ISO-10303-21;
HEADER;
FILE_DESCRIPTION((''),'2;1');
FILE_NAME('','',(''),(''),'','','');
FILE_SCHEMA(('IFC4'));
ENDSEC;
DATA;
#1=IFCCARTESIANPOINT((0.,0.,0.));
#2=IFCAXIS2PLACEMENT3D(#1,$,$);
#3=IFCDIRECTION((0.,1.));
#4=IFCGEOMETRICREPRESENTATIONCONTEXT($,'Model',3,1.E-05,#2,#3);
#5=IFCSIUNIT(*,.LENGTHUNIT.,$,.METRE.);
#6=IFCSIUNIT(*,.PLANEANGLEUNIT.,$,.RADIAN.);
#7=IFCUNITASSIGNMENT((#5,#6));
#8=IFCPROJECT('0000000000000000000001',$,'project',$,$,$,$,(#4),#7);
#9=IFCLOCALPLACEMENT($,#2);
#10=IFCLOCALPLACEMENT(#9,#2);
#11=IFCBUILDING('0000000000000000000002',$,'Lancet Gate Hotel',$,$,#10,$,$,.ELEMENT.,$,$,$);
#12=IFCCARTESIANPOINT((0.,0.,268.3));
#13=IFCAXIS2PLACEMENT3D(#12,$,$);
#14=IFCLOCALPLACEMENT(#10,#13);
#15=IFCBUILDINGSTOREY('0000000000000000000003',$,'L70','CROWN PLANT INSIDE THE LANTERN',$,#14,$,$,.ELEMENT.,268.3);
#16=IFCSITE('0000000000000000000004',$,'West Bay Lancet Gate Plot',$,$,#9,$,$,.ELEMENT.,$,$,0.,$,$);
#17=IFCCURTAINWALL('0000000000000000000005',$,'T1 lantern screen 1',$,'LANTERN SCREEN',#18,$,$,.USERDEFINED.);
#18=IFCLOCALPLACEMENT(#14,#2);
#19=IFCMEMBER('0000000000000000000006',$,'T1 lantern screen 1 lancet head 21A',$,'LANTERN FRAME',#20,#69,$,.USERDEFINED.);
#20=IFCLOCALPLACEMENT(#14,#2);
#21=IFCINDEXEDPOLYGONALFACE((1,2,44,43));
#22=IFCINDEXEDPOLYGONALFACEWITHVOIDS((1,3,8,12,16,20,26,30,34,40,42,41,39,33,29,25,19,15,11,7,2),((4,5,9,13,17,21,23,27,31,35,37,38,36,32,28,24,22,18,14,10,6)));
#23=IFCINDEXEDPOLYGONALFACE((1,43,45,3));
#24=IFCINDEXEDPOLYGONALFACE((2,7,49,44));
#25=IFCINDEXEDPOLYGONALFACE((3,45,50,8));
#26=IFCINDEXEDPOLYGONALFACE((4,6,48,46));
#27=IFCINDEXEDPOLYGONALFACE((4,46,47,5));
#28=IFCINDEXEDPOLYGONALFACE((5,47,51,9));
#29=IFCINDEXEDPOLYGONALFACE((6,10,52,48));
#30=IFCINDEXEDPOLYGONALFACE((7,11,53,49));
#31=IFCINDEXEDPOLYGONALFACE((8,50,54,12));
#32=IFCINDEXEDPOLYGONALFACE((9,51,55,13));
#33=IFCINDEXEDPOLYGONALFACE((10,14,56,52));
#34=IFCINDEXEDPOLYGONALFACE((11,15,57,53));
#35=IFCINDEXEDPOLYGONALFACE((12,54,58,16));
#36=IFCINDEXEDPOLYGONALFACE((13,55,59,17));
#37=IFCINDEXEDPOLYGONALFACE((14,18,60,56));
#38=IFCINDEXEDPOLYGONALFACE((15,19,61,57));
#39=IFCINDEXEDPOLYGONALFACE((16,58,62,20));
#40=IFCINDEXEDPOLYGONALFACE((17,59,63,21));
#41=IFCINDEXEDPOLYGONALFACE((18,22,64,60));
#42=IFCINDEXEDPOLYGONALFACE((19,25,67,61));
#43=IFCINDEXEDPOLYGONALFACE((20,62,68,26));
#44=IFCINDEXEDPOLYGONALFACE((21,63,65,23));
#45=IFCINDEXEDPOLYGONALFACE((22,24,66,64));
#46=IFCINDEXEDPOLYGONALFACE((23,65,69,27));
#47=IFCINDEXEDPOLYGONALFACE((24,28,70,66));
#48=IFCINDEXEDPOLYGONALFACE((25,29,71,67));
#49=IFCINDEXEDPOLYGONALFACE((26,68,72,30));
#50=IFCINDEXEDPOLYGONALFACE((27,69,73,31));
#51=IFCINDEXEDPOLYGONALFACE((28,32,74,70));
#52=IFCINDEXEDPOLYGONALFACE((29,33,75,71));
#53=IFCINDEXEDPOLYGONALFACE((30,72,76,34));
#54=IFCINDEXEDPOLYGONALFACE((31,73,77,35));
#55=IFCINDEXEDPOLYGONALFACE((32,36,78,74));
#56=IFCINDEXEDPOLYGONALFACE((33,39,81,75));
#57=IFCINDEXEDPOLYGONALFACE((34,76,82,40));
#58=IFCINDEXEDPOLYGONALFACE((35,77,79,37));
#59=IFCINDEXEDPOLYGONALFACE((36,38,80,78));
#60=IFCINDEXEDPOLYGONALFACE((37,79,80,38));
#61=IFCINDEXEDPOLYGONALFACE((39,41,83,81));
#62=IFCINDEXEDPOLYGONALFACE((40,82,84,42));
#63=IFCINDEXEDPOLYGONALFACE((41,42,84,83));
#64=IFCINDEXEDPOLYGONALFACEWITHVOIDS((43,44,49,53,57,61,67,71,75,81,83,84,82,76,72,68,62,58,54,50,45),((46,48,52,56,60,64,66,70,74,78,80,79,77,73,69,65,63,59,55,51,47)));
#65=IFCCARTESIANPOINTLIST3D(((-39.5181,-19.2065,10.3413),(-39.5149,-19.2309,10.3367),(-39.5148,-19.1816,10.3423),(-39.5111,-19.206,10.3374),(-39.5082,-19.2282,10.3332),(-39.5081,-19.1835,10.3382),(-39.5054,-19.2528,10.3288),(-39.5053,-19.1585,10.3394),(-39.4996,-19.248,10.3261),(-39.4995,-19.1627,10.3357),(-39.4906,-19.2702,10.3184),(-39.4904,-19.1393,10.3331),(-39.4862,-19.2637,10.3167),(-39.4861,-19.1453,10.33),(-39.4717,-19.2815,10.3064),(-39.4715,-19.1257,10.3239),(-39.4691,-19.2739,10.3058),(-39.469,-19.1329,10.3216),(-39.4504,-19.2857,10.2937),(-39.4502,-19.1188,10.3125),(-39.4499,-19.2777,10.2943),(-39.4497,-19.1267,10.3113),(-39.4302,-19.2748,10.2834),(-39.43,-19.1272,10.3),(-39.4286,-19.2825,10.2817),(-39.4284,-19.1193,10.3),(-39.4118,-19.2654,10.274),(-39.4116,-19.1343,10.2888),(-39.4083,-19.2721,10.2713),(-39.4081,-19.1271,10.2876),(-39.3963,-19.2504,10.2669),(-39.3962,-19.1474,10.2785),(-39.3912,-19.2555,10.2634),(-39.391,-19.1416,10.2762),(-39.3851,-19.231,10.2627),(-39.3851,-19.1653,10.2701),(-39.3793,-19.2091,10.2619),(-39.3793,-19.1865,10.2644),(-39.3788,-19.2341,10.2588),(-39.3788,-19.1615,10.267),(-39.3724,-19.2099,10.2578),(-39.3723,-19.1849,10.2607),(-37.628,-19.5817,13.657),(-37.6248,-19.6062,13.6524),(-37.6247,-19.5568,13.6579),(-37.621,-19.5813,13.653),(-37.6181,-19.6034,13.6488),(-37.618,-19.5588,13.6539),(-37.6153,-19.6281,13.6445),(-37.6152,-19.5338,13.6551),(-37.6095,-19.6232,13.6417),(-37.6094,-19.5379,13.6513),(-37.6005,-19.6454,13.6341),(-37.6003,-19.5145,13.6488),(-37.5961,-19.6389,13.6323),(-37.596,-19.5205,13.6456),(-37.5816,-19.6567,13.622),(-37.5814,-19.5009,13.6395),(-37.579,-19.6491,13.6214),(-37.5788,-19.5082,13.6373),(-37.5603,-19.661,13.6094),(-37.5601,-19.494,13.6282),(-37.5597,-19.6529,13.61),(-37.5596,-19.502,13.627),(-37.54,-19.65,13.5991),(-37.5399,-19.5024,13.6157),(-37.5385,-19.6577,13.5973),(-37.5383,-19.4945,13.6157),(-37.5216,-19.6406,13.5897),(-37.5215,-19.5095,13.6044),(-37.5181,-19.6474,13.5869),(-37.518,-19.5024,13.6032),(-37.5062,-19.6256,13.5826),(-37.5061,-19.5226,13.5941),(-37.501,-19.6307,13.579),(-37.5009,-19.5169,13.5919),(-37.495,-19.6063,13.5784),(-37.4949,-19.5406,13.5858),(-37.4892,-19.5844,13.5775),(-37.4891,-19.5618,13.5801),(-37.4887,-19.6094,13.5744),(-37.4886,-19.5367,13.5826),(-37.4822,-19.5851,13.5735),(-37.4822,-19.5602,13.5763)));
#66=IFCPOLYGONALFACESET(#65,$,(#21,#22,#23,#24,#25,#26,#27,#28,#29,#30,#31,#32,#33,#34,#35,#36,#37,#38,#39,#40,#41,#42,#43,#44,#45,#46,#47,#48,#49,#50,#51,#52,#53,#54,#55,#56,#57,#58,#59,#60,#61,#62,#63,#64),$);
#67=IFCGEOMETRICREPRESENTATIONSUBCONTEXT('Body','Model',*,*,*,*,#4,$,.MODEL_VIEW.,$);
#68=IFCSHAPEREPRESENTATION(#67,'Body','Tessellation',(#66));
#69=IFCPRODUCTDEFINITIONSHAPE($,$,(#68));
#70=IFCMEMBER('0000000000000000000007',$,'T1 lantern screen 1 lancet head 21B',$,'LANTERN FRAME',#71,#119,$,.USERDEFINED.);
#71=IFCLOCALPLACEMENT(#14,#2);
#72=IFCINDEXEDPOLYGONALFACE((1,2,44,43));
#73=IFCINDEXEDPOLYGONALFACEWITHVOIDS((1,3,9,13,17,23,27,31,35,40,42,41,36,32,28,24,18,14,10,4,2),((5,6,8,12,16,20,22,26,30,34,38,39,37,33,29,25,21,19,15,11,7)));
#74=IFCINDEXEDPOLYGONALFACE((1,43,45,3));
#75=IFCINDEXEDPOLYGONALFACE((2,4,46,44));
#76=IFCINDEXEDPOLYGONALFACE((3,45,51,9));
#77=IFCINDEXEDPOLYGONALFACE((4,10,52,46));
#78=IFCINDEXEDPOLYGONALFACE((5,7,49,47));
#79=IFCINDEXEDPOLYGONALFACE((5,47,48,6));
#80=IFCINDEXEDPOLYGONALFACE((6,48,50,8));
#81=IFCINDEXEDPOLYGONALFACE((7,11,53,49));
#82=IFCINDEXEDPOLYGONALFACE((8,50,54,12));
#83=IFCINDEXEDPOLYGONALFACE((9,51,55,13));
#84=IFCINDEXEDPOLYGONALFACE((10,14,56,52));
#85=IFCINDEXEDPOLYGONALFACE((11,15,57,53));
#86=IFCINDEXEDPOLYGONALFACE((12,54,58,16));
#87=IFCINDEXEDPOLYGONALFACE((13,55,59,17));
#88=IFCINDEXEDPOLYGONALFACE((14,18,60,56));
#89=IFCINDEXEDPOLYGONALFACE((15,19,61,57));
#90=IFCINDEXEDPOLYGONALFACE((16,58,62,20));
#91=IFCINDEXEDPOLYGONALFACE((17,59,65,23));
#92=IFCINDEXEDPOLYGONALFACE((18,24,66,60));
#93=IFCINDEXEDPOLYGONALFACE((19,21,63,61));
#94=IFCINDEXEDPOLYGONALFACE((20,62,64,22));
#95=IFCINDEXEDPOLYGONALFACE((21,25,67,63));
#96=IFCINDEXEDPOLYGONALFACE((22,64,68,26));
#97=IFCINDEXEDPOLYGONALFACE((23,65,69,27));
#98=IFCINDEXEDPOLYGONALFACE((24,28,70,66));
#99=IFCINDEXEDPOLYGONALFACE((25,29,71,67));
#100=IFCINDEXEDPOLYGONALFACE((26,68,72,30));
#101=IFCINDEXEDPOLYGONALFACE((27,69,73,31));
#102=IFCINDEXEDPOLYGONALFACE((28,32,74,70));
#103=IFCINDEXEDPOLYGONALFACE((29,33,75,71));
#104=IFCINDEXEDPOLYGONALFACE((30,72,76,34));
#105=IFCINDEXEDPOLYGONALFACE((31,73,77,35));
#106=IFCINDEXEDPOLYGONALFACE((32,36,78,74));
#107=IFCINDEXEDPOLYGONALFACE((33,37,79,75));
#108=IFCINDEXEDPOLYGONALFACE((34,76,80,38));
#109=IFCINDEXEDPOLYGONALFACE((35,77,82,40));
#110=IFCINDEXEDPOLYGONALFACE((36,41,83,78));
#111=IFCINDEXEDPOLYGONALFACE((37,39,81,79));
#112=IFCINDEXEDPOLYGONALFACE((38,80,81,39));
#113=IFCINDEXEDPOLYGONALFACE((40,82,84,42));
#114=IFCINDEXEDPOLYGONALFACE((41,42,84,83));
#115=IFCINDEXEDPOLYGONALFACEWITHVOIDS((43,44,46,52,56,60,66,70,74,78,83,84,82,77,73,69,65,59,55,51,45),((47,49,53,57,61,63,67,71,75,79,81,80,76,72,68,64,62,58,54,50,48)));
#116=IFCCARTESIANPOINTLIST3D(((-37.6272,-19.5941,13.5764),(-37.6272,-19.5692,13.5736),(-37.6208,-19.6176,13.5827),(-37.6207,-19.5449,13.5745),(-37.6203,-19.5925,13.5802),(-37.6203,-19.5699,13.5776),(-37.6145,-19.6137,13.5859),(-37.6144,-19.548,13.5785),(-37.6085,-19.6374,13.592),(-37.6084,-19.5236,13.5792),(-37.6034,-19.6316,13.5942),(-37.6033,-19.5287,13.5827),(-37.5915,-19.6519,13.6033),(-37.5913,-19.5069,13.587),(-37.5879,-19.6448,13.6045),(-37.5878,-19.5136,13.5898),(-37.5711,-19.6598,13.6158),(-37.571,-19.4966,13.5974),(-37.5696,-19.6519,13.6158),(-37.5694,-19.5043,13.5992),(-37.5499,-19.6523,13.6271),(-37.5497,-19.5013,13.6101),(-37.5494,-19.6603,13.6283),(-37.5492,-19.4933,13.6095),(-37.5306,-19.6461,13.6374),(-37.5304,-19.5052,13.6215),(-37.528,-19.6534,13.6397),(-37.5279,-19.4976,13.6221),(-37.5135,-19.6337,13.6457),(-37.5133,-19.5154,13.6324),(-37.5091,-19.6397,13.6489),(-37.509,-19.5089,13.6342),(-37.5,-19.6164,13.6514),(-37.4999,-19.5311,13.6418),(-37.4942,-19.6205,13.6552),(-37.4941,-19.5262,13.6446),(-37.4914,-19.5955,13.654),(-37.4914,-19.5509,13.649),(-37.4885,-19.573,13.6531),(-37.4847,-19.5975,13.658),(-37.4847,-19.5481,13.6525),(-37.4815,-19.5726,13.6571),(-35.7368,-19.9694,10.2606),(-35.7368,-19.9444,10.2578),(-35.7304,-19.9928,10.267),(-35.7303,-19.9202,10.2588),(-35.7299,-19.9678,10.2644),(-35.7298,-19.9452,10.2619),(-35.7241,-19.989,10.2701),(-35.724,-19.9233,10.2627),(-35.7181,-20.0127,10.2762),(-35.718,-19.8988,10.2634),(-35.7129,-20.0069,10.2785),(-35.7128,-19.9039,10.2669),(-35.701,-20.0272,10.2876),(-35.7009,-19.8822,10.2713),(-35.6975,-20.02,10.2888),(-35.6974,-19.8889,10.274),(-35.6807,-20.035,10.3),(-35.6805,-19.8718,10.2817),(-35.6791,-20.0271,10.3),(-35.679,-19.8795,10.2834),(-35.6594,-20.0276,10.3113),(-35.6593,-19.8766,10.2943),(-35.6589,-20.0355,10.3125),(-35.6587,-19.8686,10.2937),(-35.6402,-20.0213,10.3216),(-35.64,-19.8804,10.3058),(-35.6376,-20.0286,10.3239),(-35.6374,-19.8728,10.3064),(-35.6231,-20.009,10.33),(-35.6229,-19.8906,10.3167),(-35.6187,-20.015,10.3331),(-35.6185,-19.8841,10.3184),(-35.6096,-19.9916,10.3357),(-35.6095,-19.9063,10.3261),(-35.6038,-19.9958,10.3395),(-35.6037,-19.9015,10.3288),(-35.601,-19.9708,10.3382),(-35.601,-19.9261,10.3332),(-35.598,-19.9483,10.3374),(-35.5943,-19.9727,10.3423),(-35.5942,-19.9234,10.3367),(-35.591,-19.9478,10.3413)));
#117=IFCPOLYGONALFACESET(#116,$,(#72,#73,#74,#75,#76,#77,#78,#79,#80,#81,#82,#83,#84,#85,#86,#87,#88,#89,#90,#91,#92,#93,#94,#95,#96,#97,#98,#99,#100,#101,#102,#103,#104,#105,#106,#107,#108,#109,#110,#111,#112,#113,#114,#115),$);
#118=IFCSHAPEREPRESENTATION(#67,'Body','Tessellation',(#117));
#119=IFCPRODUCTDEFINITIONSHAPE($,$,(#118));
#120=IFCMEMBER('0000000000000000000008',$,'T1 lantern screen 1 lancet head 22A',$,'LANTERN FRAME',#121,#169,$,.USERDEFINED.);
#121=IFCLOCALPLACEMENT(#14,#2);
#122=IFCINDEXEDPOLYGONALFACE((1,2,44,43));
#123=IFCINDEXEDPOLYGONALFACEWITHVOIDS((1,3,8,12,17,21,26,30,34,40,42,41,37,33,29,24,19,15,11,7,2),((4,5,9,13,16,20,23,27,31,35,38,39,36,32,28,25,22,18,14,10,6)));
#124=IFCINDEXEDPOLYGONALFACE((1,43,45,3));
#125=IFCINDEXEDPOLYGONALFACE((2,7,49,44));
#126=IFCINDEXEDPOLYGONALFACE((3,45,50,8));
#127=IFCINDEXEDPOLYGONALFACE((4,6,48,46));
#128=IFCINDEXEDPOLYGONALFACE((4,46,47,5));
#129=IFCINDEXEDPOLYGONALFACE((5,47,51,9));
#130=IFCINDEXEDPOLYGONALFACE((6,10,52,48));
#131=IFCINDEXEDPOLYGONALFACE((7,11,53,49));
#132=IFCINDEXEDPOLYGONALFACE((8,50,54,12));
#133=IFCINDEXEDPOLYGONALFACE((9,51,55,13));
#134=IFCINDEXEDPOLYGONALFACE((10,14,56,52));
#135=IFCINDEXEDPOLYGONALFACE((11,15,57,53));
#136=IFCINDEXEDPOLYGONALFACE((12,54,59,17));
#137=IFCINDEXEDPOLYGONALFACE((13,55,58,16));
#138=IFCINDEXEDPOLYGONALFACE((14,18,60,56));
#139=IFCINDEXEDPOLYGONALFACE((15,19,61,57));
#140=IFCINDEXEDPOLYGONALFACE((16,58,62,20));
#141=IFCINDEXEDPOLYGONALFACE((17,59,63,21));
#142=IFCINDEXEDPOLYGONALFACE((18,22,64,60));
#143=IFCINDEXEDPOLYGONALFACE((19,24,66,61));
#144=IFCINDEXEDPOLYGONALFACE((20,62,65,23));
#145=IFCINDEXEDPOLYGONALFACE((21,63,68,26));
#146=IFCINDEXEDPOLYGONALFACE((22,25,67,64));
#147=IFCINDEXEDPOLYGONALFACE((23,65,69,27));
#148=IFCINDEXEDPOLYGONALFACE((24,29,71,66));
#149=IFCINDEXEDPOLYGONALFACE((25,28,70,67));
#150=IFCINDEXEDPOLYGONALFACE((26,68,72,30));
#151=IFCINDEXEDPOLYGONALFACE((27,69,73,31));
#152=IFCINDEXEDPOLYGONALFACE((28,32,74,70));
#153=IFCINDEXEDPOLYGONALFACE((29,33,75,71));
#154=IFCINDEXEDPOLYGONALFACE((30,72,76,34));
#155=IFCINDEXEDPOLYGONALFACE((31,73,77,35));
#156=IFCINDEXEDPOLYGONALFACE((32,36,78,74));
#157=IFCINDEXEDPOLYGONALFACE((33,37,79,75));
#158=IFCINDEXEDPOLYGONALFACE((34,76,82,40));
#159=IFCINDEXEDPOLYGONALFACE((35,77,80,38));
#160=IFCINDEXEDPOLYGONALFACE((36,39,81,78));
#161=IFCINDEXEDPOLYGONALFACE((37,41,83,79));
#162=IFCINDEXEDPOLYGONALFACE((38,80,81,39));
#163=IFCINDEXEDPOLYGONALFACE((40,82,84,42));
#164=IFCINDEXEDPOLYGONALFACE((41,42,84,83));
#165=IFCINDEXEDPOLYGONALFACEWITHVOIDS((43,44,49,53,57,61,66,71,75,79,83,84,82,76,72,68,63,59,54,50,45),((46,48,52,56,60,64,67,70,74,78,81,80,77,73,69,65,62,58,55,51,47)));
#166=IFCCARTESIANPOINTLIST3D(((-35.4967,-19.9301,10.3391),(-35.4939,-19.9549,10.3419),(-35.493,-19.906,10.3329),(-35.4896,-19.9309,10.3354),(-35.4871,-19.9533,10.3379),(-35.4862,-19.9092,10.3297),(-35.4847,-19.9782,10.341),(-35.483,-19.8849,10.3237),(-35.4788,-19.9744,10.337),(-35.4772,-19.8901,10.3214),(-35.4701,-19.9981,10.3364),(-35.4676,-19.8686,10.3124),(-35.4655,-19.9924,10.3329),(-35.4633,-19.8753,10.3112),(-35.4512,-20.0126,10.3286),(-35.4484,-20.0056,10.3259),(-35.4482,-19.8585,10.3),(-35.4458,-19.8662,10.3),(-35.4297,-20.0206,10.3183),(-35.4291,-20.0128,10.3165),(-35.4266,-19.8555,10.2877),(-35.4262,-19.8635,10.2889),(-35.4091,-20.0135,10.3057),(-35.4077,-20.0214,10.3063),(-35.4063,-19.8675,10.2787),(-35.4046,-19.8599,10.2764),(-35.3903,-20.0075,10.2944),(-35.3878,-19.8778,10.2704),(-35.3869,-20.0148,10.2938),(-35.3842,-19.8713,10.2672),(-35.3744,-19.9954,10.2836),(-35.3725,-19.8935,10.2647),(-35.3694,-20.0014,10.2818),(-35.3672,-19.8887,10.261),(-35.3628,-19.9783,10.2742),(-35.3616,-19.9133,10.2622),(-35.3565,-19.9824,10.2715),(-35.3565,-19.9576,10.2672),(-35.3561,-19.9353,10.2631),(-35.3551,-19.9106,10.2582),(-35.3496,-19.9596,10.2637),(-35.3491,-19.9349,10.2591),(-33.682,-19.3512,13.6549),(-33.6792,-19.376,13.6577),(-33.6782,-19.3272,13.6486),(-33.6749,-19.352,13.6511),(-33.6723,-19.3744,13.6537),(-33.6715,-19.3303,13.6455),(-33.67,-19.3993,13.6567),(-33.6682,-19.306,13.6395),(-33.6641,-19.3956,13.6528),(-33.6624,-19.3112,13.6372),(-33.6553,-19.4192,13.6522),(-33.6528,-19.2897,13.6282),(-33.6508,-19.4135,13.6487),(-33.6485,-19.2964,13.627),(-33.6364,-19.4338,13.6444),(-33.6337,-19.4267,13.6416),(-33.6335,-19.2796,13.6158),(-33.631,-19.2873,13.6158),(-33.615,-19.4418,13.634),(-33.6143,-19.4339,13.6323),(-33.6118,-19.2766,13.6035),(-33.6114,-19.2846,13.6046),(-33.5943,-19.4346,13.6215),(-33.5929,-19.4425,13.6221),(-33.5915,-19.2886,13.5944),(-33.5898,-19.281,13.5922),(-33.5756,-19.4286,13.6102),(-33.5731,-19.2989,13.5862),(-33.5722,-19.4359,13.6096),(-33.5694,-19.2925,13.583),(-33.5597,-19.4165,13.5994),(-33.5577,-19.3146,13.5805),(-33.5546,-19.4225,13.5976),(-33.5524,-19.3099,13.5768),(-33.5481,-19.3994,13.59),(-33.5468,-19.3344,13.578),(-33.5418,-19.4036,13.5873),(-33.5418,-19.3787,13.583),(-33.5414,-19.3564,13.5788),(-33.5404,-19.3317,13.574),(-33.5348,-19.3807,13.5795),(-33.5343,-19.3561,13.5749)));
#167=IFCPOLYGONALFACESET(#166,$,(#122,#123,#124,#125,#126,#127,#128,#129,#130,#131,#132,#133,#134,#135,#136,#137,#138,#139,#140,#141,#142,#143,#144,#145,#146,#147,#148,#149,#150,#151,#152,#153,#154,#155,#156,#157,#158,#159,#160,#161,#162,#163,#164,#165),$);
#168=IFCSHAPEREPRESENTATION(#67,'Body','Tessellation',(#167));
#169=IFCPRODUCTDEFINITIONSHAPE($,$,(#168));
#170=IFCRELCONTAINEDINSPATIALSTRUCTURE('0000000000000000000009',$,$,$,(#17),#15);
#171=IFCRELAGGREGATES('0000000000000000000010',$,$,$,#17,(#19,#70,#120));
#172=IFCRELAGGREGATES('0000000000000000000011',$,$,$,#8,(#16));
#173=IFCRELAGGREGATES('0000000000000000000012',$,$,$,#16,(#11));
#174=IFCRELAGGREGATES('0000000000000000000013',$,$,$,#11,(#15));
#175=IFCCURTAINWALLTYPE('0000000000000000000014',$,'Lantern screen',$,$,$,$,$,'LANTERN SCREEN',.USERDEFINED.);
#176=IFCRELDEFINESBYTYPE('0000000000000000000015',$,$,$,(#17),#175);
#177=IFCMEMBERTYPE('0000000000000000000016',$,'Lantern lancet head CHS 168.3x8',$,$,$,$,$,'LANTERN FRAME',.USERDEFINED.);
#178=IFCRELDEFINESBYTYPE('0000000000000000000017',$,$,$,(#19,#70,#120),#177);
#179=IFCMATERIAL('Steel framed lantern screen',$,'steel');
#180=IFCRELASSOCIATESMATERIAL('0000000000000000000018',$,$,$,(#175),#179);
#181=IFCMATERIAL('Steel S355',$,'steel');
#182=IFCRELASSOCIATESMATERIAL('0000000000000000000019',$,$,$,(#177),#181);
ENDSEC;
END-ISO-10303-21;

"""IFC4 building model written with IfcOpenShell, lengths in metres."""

from ifc_helpers import new_model, si_unit, direction, frame, origin, origin_2d, place, context, subcontext, project, spatial, hollow_circle, extrude, material, material_profile, profile_set, type_object, element, aggregate, save


model = new_model("IFC4")

# Units and contexts
model_context = context("Model", 3, precision=1e-05, world=origin(), true_north=direction((0.0, 1.0)))
body_context = subcontext(model_context, "Body", "Model", "MODEL_VIEW")
ifc_project = project(units=[si_unit("LENGTHUNIT", "METRE"), si_unit("PLANEANGLEUNIT", "RADIAN")], contexts=[model_context])

# Site, building, storey
site_placement = place(None, origin())
site = spatial("IfcSite", under=ifc_project, at=site_placement, Name="West Bay Lancet Gate Plot", CompositionType="ELEMENT", RefElevation=0.0)
building_placement = place(site_placement, origin())
building = spatial("IfcBuilding", under=site, at=building_placement, Name="Lancet Gate Hotel", CompositionType="ELEMENT")
storey_placement = place(building_placement, frame((0.0, 0.0, 268.3)))
storey = spatial("IfcBuildingStorey", under=building, at=storey_placement, Name="L70", Description="CROWN PLANT INSIDE THE LANTERN", CompositionType="ELEMENT", Elevation=268.3)

# Curtain wall, members
ifc_material_1 = material(Name="Steel framed lantern screen", Category="steel")
curtain_wall_type_1 = type_object("IfcCurtainWallType", Name="Lantern screen", ElementType="LANTERN SCREEN", PredefinedType="USERDEFINED", material=ifc_material_1)
curtain_wall_1_placement = place(storey_placement, origin())
curtain_wall_1 = element("IfcCurtainWall", 1, at=curtain_wall_1_placement, inside=storey, type_object=curtain_wall_type_1, Name="T1 lantern screen 1", ObjectType="LANTERN SCREEN", PredefinedType="USERDEFINED")
ifc_material_2 = material(Name="Steel S355", Category="steel")
ifc_material_profile_1 = material_profile(ifc_material_2, hollow_circle(Radius=0.0842, WallThickness=0.0081, at=origin_2d()), Name="CHS 168.3x8.0")
ifc_profile_set_1 = profile_set([ifc_material_profile_1], Name="Steel S355")
member_type_1 = type_object("IfcMemberType", Name="Lantern lancet head CHS 168.3x8", ElementType="LANTERN FRAME", PredefinedType="USERDEFINED", material=ifc_profile_set_1)
member_1_placement = place(storey_placement, frame((-39.4448, -19.2019, 10.3), z_axis=(0.492867, -0.097848, 0.864586), x_axis=(0.194727, 0.980857, 0.0)))
member_1 = element("IfcMember", 2, at=member_1_placement, type_object=member_type_1, Name="T1 lantern screen 1 lancet head 21A", ObjectType="LANTERN FRAME", PredefinedType="USERDEFINED", context=body_context, shape_type="SweptSolid", body=[
    extrude(hollow_circle(Radius=0.0842, WallThickness=0.0081, at=origin_2d()), origin(), (0.0, 0.0, 1.0), 3.835),
])
member_2_placement = place(storey_placement, frame((-35.6643, -19.9524, 10.3), z_axis=(-0.492915, 0.097845, 0.864559), x_axis=(-0.194703, -0.980862, 0.0)))
member_2 = element("IfcMember", 3, at=member_2_placement, type_object=member_type_1, Name="T1 lantern screen 1 lancet head 21B", ObjectType="LANTERN FRAME", PredefinedType="USERDEFINED", context=body_context, shape_type="SweptSolid", body=[
    extrude(hollow_circle(Radius=0.0842, WallThickness=0.0081, at=origin_2d()), origin(), (0.0, 0.0, 1.0), 3.8352),
])
member_3_placement = place(storey_placement, frame((-35.4226, -19.9387, 10.3), z_axis=(0.474572, 0.15138, 0.867102), x_axis=(-0.303897, 0.952705, 0.0)))
member_3 = element("IfcMember", 4, at=member_3_placement, type_object=member_type_1, Name="T1 lantern screen 1 lancet head 22A", ObjectType="LANTERN FRAME", PredefinedType="USERDEFINED", context=body_context, shape_type="SweptSolid", body=[
    extrude(hollow_circle(Radius=0.0842, WallThickness=0.0081, at=origin_2d()), origin(), (0.0, 0.0, 1.0), 3.824),
])

aggregate(curtain_wall_1, [member_1, member_2, member_3])

save(model, "model.ifc")
